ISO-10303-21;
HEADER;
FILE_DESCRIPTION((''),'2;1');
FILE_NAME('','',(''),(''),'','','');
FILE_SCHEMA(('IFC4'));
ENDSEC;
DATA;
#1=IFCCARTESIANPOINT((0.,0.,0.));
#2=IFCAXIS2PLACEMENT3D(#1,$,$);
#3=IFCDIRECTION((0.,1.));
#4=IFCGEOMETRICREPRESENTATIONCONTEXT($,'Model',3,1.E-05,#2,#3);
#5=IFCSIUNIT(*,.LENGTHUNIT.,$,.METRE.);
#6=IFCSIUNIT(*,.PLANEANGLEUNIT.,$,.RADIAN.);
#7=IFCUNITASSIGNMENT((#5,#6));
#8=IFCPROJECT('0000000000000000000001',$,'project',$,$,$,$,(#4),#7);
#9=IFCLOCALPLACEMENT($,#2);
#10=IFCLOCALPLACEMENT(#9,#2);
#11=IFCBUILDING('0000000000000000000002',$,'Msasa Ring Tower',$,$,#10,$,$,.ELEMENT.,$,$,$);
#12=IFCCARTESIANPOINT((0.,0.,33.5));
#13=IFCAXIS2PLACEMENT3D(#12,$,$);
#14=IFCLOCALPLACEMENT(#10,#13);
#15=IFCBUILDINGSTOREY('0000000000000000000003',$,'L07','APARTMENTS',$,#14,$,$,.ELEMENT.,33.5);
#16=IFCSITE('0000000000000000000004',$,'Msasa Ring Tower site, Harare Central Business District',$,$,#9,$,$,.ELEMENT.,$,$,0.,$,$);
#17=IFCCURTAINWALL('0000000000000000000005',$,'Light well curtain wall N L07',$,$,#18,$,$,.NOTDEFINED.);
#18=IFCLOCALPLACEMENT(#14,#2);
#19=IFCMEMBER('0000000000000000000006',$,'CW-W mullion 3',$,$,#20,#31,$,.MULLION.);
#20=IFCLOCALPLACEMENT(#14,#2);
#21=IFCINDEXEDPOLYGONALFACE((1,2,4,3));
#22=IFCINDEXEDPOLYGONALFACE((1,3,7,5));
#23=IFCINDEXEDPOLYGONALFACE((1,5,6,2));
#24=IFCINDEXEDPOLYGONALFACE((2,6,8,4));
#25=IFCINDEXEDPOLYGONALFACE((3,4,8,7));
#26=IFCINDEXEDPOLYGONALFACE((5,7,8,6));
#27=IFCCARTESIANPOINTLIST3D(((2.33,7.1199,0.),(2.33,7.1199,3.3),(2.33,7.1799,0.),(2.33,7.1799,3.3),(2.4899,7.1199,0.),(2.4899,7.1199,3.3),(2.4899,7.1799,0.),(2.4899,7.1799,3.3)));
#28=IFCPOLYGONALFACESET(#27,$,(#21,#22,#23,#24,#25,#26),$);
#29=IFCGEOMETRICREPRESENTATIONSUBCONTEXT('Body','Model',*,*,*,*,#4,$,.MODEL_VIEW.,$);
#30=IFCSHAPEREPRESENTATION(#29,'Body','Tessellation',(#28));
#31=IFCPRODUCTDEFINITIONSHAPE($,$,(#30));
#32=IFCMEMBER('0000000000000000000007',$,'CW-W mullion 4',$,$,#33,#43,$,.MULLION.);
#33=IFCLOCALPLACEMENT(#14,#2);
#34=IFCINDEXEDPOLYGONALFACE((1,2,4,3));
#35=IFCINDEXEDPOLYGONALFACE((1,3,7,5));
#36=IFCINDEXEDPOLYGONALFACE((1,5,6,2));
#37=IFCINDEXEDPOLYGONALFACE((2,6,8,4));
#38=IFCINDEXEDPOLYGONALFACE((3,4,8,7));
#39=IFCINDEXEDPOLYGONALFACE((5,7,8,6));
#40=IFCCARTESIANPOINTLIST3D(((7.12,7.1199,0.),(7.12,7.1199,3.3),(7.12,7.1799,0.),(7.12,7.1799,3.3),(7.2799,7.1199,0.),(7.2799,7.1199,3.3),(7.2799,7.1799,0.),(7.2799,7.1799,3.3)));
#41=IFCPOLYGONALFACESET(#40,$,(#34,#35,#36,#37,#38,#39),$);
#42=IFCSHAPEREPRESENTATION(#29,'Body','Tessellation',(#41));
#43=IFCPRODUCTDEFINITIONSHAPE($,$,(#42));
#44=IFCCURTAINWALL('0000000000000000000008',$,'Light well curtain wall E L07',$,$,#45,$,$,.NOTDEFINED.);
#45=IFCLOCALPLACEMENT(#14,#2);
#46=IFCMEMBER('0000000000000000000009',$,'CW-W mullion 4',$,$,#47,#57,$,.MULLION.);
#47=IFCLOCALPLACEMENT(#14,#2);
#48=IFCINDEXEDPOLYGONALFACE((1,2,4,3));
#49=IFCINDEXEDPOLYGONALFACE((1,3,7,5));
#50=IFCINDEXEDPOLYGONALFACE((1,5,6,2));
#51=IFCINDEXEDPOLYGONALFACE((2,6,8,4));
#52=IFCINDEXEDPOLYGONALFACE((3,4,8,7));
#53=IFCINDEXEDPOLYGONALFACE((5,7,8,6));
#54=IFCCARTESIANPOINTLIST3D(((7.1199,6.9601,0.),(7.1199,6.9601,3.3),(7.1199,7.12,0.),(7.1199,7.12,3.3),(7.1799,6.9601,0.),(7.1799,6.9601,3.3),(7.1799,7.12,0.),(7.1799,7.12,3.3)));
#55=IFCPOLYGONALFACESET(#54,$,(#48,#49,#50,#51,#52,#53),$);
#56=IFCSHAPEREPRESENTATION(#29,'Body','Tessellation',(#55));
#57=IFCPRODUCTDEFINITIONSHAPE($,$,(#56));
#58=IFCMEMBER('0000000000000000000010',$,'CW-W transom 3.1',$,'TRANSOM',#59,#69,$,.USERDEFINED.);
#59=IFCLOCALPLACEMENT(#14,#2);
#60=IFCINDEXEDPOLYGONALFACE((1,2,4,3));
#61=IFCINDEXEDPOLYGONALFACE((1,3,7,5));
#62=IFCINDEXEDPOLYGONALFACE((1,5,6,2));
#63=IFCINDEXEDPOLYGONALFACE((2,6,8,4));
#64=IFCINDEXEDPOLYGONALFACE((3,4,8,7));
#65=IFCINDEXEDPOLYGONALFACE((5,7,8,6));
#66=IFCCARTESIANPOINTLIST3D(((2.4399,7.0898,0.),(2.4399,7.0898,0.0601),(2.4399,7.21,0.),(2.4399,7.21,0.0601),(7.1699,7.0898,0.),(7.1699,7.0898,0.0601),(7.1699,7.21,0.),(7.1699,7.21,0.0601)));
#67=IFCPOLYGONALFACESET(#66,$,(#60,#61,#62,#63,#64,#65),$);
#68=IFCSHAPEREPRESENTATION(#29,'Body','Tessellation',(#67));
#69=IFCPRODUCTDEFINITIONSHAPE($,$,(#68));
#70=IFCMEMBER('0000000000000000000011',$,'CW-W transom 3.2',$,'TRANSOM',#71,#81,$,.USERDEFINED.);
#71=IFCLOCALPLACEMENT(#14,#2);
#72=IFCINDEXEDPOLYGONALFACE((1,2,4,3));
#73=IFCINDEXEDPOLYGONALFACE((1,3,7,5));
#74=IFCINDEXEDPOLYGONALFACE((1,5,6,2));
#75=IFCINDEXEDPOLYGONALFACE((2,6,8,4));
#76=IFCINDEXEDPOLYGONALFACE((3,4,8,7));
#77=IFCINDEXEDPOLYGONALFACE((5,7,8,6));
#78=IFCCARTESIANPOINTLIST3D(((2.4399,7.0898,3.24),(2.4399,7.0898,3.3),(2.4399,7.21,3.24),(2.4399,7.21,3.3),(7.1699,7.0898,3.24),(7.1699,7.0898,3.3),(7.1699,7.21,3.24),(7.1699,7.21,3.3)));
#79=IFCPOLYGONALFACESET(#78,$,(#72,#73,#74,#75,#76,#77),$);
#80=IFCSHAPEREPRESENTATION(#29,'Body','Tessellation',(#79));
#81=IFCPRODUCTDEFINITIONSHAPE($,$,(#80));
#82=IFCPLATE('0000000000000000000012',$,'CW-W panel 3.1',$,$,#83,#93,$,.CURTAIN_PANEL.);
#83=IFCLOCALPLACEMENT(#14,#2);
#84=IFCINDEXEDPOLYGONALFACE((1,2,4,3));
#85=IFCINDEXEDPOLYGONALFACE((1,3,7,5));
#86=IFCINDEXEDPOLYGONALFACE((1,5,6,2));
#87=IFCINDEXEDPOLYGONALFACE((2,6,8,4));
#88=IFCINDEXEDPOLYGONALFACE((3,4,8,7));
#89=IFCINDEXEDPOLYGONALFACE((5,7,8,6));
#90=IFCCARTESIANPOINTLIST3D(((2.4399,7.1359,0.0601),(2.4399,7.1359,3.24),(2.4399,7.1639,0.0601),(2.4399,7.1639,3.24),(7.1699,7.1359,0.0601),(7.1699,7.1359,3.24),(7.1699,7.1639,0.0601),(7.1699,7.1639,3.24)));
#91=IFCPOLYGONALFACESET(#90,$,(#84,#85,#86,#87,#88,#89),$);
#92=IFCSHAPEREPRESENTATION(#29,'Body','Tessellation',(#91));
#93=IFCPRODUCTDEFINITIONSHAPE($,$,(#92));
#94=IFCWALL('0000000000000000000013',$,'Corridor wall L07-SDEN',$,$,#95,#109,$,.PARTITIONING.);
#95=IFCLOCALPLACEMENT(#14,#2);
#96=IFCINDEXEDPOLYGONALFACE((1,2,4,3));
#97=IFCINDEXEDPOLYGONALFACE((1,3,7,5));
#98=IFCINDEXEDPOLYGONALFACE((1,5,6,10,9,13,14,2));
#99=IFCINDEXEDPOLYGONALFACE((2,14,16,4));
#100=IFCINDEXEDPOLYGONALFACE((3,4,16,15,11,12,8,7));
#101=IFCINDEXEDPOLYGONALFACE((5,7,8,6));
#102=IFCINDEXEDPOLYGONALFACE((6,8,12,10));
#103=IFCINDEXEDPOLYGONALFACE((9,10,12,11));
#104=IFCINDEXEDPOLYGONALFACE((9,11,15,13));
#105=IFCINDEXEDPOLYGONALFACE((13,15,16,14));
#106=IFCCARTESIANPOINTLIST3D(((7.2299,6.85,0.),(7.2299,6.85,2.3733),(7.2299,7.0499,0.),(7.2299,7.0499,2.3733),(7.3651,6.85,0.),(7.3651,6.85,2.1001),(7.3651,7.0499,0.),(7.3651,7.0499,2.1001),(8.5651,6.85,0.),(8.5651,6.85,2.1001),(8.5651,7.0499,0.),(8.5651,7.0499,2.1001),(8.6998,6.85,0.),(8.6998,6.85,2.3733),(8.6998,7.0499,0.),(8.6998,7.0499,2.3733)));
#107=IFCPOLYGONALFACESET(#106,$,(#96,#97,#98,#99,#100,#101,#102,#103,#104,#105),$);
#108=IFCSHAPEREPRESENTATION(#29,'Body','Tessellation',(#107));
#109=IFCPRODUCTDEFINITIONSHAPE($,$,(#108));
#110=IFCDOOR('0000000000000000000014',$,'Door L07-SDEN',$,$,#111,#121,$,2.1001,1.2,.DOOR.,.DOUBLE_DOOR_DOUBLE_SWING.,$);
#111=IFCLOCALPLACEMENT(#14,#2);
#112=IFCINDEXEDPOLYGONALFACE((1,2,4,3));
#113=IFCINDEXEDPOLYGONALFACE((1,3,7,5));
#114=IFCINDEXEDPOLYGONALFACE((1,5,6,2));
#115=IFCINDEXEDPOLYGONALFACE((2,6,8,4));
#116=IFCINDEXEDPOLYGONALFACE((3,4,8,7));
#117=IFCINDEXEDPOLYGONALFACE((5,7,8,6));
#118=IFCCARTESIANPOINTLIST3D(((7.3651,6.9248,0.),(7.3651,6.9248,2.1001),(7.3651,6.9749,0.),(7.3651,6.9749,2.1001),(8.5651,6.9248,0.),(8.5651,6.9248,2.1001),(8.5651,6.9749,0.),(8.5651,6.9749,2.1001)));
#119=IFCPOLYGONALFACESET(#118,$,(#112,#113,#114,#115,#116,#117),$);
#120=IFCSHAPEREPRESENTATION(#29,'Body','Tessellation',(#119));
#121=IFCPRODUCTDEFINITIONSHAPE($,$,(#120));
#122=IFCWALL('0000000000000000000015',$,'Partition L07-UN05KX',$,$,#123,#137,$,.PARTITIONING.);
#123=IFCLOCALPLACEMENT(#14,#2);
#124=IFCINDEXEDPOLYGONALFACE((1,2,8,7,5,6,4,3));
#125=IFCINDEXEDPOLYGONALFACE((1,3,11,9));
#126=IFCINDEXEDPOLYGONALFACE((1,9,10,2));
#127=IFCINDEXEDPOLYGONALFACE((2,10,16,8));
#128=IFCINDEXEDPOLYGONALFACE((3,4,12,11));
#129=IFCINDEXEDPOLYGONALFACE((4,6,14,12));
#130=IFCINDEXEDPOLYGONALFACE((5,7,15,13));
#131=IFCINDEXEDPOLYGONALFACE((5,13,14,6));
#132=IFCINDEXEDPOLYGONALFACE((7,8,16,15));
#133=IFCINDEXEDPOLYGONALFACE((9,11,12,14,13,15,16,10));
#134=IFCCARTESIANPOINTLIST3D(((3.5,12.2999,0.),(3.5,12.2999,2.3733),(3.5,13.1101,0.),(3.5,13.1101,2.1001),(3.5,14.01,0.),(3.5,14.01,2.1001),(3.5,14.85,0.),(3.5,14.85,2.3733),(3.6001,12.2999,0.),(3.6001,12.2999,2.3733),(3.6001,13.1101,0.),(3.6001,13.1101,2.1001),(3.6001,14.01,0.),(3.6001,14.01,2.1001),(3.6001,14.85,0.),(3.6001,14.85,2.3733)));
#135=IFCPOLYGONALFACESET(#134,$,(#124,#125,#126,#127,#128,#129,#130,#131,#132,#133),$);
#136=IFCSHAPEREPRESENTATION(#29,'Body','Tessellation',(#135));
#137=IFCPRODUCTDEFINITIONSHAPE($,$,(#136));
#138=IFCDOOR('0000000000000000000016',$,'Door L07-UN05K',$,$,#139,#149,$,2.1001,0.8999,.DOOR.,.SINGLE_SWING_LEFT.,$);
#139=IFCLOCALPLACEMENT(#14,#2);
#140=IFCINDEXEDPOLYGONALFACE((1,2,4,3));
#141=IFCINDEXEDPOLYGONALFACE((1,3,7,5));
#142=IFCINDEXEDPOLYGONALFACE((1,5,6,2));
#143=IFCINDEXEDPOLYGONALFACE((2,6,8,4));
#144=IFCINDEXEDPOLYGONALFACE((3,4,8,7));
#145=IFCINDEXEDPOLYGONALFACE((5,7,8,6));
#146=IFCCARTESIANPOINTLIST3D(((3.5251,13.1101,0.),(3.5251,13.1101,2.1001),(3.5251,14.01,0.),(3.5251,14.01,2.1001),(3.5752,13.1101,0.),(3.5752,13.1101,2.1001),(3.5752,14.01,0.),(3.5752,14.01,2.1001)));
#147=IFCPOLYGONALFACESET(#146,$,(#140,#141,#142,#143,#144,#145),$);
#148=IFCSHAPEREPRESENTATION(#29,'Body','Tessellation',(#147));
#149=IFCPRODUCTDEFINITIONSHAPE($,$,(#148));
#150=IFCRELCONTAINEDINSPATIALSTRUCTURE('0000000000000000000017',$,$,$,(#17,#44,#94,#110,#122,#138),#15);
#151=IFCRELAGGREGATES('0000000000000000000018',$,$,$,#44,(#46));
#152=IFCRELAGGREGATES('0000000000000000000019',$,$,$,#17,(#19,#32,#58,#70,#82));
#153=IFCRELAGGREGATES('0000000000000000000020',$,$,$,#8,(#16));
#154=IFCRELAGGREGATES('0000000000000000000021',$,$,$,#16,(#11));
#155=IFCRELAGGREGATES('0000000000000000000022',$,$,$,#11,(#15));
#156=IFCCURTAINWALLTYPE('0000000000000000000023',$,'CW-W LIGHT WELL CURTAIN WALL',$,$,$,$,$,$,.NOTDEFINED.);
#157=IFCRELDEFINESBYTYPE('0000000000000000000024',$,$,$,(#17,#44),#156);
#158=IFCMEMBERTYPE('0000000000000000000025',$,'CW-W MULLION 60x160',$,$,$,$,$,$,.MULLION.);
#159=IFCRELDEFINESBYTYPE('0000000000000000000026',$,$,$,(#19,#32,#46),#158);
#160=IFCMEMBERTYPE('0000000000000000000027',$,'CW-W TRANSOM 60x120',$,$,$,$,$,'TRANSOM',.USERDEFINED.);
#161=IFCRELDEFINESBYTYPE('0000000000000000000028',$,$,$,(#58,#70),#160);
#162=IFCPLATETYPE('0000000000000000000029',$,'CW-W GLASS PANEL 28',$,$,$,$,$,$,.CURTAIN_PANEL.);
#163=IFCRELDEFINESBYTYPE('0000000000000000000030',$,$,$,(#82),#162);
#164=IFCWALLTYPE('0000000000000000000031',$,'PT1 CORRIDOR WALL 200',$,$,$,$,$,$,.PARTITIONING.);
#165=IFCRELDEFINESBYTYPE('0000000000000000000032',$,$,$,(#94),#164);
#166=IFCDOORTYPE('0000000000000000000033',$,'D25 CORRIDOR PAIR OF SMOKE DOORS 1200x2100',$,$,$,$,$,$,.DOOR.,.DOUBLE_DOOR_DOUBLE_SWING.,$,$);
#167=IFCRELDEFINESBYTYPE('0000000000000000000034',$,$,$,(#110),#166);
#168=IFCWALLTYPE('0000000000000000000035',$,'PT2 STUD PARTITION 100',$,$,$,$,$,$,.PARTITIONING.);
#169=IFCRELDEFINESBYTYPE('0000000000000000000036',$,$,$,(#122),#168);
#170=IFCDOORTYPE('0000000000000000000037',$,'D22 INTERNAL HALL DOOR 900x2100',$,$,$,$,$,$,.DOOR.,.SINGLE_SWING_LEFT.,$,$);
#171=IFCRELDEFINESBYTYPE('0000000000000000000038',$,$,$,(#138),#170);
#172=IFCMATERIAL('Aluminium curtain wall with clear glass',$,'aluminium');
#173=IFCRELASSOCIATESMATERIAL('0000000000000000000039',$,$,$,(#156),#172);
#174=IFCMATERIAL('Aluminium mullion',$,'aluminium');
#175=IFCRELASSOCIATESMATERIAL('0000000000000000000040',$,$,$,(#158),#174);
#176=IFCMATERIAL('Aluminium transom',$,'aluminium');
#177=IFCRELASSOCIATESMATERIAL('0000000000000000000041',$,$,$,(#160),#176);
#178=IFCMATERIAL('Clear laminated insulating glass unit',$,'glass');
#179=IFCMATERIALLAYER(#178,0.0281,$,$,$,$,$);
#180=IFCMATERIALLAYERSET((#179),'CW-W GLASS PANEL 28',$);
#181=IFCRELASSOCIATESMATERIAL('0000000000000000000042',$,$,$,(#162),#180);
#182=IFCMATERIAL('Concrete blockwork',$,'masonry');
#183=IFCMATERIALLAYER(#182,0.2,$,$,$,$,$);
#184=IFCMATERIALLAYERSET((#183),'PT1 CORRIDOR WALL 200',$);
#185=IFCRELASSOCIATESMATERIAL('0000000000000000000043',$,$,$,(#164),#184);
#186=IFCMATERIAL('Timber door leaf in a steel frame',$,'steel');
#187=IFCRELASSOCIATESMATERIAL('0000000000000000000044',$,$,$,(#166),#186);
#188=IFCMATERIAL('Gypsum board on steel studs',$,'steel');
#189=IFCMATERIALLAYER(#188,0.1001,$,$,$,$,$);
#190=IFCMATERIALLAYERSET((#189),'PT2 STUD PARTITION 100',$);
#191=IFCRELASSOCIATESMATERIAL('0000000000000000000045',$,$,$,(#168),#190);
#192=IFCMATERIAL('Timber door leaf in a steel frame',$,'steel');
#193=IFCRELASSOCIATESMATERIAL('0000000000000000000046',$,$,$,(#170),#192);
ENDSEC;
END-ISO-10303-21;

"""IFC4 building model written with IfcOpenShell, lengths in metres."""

from ifc_helpers import new_model, si_unit, direction, frame, frame_2d, origin, origin_2d, place, context, subcontext, project, spatial, rectangle, extrude, material, layer, layer_set, material_profile, profile_set, type_object, element, fill, aggregate, save


model = new_model("IFC4")

# Units and contexts
model_context = context("Model", 3, precision=1e-05, world=origin(), true_north=direction((0.0, 1.0)))
body_context = subcontext(model_context, "Body", "Model", "MODEL_VIEW")
ifc_project = project(units=[si_unit("LENGTHUNIT", "METRE"), si_unit("PLANEANGLEUNIT", "RADIAN")], contexts=[model_context])

# Site, building, storey
site_placement = place(None, origin())
site = spatial("IfcSite", under=ifc_project, at=site_placement, Name="Msasa Ring Tower site, Harare Central Business District", CompositionType="ELEMENT", RefElevation=0.0)
building_placement = place(site_placement, origin())
building = spatial("IfcBuilding", under=site, at=building_placement, Name="Msasa Ring Tower", CompositionType="ELEMENT")
storey_placement = place(building_placement, frame((0.0, 0.0, 33.5)))
storey = spatial("IfcBuildingStorey", under=building, at=storey_placement, Name="L07", Description="APARTMENTS", CompositionType="ELEMENT", Elevation=33.5)

# Curtain wall, members
ifc_material_1 = material(Name="Aluminium curtain wall with clear glass", Category="aluminium")
curtain_wall_type = type_object("IfcCurtainWallType", Name="CW-W LIGHT WELL CURTAIN WALL", PredefinedType="NOTDEFINED", material=ifc_material_1)
curtain_wall_1_placement = place(storey_placement, origin())
curtain_wall_1 = element("IfcCurtainWall", 1, at=curtain_wall_1_placement, inside=storey, type_object=curtain_wall_type, Name="Light well curtain wall N L07", PredefinedType="NOTDEFINED")
ifc_material_2 = material(Name="Aluminium mullion", Category="aluminium")
ifc_material_profile_1 = material_profile(ifc_material_2, rectangle(XDim=0.0601, YDim=0.1599, at=origin_2d()), Name="AL 60x160")
ifc_profile_set_1 = profile_set([ifc_material_profile_1], Name="Aluminium mullion")
member_type_1 = type_object("IfcMemberType", Name="CW-W MULLION 60x160", PredefinedType="MULLION", material=ifc_profile_set_1)
member_1_placement = place(storey_placement, frame((2.4099, 7.1499, 0.0), z_axis=(0.0, 0.0, 1.0), x_axis=(0.0, 1.0, 0.0)))
member_1 = element("IfcMember", 2, at=member_1_placement, type_object=member_type_1, Name="CW-W mullion 3", PredefinedType="MULLION", context=body_context, shape_type="SweptSolid", body=[
    extrude(rectangle(XDim=0.0601, YDim=0.1599, at=origin_2d()), origin(), (0.0, 0.0, 1.0), 3.3),
])
member_2_placement = place(storey_placement, frame((7.2, 7.1499, 0.0), z_axis=(0.0, 0.0, 1.0), x_axis=(0.0, 1.0, 0.0)))
member_2 = element("IfcMember", 3, at=member_2_placement, type_object=member_type_1, Name="CW-W mullion 4", PredefinedType="MULLION", context=body_context, shape_type="SweptSolid", body=[
    extrude(rectangle(XDim=0.0601, YDim=0.1599, at=origin_2d()), origin(), (0.0, 0.0, 1.0), 3.3),
])

# Curtain wall, member
curtain_wall_2_placement = place(storey_placement, origin())
curtain_wall_2 = element("IfcCurtainWall", 4, at=curtain_wall_2_placement, inside=storey, type_object=curtain_wall_type, Name="Light well curtain wall E L07", PredefinedType="NOTDEFINED")
member_3_placement = place(storey_placement, frame((7.1499, 7.04, 0.0), z_axis=(0.0, 0.0, 1.0), x_axis=(-1.0, 0.0, 0.0)))
member_3 = element("IfcMember", 5, at=member_3_placement, type_object=member_type_1, Name="CW-W mullion 4", PredefinedType="MULLION", context=body_context, shape_type="SweptSolid", body=[
    extrude(rectangle(XDim=0.0601, YDim=0.1599, at=origin_2d()), origin(), (0.0, 0.0, 1.0), 3.3),
])
aggregate(curtain_wall_2, [member_3])

# Members
ifc_material_3 = material(Name="Aluminium transom", Category="aluminium")
ifc_material_profile_2 = material_profile(ifc_material_3, rectangle(XDim=0.1201, YDim=0.0601, at=origin_2d()), Name="AL 60x120")
ifc_profile_set_2 = profile_set([ifc_material_profile_2], Name="Aluminium transom")
member_type_2 = type_object("IfcMemberType", Name="CW-W TRANSOM 60x120", ElementType="TRANSOM", PredefinedType="USERDEFINED", material=ifc_profile_set_2)
member_4_placement = place(storey_placement, frame((2.4399, 7.1499, 0.03), z_axis=(1.0, 0.0, 0.0), x_axis=(0.0, 1.0, 0.0)))
member_4 = element("IfcMember", 6, at=member_4_placement, type_object=member_type_2, Name="CW-W transom 3.1", ObjectType="TRANSOM", PredefinedType="USERDEFINED", context=body_context, shape_type="SweptSolid", body=[
    extrude(rectangle(XDim=0.1201, YDim=0.0601, at=origin_2d()), origin(), (0.0, 0.0, 1.0), 4.73),
])
member_5_placement = place(storey_placement, frame((2.4399, 7.1499, 3.27), z_axis=(1.0, 0.0, 0.0), x_axis=(0.0, 1.0, 0.0)))
member_5 = element("IfcMember", 7, at=member_5_placement, type_object=member_type_2, Name="CW-W transom 3.2", ObjectType="TRANSOM", PredefinedType="USERDEFINED", context=body_context, shape_type="SweptSolid", body=[
    extrude(rectangle(XDim=0.1201, YDim=0.0601, at=origin_2d()), origin(), (0.0, 0.0, 1.0), 4.73),
])

# Plate
ifc_material_4 = material(Name="Clear laminated insulating glass unit", Category="glass")
ifc_layer_1 = layer(ifc_material_4, 0.0281)
ifc_layer_set_1 = layer_set([ifc_layer_1], Name="CW-W GLASS PANEL 28")
plate_type = type_object("IfcPlateType", Name="CW-W GLASS PANEL 28", PredefinedType="CURTAIN_PANEL", material=ifc_layer_set_1)
plate_placement = place(storey_placement, frame((4.8049, 7.1499, 0.0601), z_axis=(0.0, 0.0, 1.0), x_axis=(1.0, 0.0, 0.0)))
plate = element("IfcPlate", 8, at=plate_placement, type_object=plate_type, Name="CW-W panel 3.1", PredefinedType="CURTAIN_PANEL", context=body_context, shape_type="SweptSolid", body=[
    extrude(rectangle(XDim=4.73, YDim=0.0281, at=origin_2d()), origin(), (0.0, 0.0, 1.0), 3.1799),
])
aggregate(curtain_wall_1, [member_1, member_2, member_4, member_5, plate])

# Walls, openings, doors
ifc_material_5 = material(Name="Concrete blockwork", Category="masonry")
ifc_layer_2 = layer(ifc_material_5, 0.2)
ifc_layer_set_2 = layer_set([ifc_layer_2], Name="PT1 CORRIDOR WALL 200")
wall_type_1 = type_object("IfcWallType", Name="PT1 CORRIDOR WALL 200", PredefinedType="PARTITIONING", material=ifc_layer_set_2)
wall_1_placement = place(storey_placement, frame((7.23, 6.95, 0.0), z_axis=(0.0, 0.0, 1.0), x_axis=(1.0, 0.0, 0.0)))
wall_1 = element("IfcWall", 9, at=wall_1_placement, inside=storey, type_object=wall_type_1, Name="Corridor wall L07-SDEN", PredefinedType="PARTITIONING", context=body_context, shape_type="SweptSolid", body=[
    extrude(rectangle(XDim=1.47, YDim=0.2, at=frame_2d((0.7349, 0.0))), origin(), (0.0, 0.0, 1.0), 2.3733),
])
opening_1_placement = place(wall_1_placement, frame((0.135, 0.0, 0.0)))
opening_1 = element("IfcOpeningElement", 10, at=opening_1_placement, cuts=wall_1, PredefinedType="OPENING", context=body_context, shape_type="SweptSolid", body=[
    extrude(rectangle(XDim=1.2, YDim=2.1001, at=frame_2d((0.6001, 1.05))), frame((0.0, 0.1099, 0.0), z_axis=(0.0, -1.0, 0.0), x_axis=(1.0, 0.0, 0.0)), (0.0, 0.0, 1.0), 0.22),
])
ifc_material_6 = material(Name="Timber door leaf in a steel frame", Category="steel")
door_type_1 = type_object("IfcDoorType", Name="D25 CORRIDOR PAIR OF SMOKE DOORS 1200x2100", OperationType="DOUBLE_DOOR_DOUBLE_SWING", PredefinedType="DOOR", material=ifc_material_6)
door_1_placement = place(opening_1_placement, origin())
door_1 = element("IfcDoor", 11, at=door_1_placement, inside=storey, type_object=door_type_1, Name="Door L07-SDEN", OperationType="DOUBLE_DOOR_DOUBLE_SWING", OverallHeight=2.1001, OverallWidth=1.2, PredefinedType="DOOR", context=body_context, shape_type="SweptSolid", body=[
    extrude(rectangle(XDim=1.2, YDim=2.1001, at=frame_2d((0.6001, 1.05))), frame((0.0, 0.0249, 0.0), z_axis=(0.0, -1.0, 0.0), x_axis=(1.0, 0.0, 0.0)), (0.0, 0.0, 1.0), 0.05),
])
fill(opening_1, door_1)
ifc_material_7 = material(Name="Gypsum board on steel studs", Category="steel")
ifc_layer_3 = layer(ifc_material_7, 0.1001)
ifc_layer_set_3 = layer_set([ifc_layer_3], Name="PT2 STUD PARTITION 100")
wall_type_2 = type_object("IfcWallType", Name="PT2 STUD PARTITION 100", PredefinedType="PARTITIONING", material=ifc_layer_set_3)
wall_2_placement = place(storey_placement, frame((3.55, 12.3, 0.0), z_axis=(0.0, 0.0, 1.0), x_axis=(0.0, 1.0, 0.0)))
wall_2 = element("IfcWall", 12, at=wall_2_placement, inside=storey, type_object=wall_type_2, Name="Partition L07-UN05KX", PredefinedType="PARTITIONING", context=body_context, shape_type="SweptSolid", body=[
    extrude(rectangle(XDim=2.55, YDim=0.1001, at=frame_2d((1.2749, 0.0))), origin(), (0.0, 0.0, 1.0), 2.3733),
])
opening_2_placement = place(wall_2_placement, frame((0.8101, 0.0, 0.0)))
opening_2 = element("IfcOpeningElement", 13, at=opening_2_placement, cuts=wall_2, PredefinedType="OPENING", context=body_context, shape_type="SweptSolid", body=[
    extrude(rectangle(XDim=0.8999, YDim=2.1001, at=frame_2d((0.45, 1.05))), frame((0.0, 0.0601, 0.0), z_axis=(0.0, -1.0, 0.0), x_axis=(1.0, 0.0, 0.0)), (0.0, 0.0, 1.0), 0.1201),
])
ifc_material_8 = material(Name="Timber door leaf in a steel frame", Category="steel")
door_type_2 = type_object("IfcDoorType", Name="D22 INTERNAL HALL DOOR 900x2100", OperationType="SINGLE_SWING_LEFT", PredefinedType="DOOR", material=ifc_material_8)
door_2_placement = place(opening_2_placement, origin())
door_2 = element("IfcDoor", 14, at=door_2_placement, inside=storey, type_object=door_type_2, Name="Door L07-UN05K", OperationType="SINGLE_SWING_LEFT", OverallHeight=2.1001, OverallWidth=0.8999, PredefinedType="DOOR", context=body_context, shape_type="SweptSolid", body=[
    extrude(rectangle(XDim=0.8999, YDim=2.1001, at=frame_2d((0.45, 1.05))), frame((0.0, 0.0249, 0.0), z_axis=(0.0, -1.0, 0.0), x_axis=(1.0, 0.0, 0.0)), (0.0, 0.0, 1.0), 0.05),
])
fill(opening_2, door_2)

save(model, "model.ifc")
